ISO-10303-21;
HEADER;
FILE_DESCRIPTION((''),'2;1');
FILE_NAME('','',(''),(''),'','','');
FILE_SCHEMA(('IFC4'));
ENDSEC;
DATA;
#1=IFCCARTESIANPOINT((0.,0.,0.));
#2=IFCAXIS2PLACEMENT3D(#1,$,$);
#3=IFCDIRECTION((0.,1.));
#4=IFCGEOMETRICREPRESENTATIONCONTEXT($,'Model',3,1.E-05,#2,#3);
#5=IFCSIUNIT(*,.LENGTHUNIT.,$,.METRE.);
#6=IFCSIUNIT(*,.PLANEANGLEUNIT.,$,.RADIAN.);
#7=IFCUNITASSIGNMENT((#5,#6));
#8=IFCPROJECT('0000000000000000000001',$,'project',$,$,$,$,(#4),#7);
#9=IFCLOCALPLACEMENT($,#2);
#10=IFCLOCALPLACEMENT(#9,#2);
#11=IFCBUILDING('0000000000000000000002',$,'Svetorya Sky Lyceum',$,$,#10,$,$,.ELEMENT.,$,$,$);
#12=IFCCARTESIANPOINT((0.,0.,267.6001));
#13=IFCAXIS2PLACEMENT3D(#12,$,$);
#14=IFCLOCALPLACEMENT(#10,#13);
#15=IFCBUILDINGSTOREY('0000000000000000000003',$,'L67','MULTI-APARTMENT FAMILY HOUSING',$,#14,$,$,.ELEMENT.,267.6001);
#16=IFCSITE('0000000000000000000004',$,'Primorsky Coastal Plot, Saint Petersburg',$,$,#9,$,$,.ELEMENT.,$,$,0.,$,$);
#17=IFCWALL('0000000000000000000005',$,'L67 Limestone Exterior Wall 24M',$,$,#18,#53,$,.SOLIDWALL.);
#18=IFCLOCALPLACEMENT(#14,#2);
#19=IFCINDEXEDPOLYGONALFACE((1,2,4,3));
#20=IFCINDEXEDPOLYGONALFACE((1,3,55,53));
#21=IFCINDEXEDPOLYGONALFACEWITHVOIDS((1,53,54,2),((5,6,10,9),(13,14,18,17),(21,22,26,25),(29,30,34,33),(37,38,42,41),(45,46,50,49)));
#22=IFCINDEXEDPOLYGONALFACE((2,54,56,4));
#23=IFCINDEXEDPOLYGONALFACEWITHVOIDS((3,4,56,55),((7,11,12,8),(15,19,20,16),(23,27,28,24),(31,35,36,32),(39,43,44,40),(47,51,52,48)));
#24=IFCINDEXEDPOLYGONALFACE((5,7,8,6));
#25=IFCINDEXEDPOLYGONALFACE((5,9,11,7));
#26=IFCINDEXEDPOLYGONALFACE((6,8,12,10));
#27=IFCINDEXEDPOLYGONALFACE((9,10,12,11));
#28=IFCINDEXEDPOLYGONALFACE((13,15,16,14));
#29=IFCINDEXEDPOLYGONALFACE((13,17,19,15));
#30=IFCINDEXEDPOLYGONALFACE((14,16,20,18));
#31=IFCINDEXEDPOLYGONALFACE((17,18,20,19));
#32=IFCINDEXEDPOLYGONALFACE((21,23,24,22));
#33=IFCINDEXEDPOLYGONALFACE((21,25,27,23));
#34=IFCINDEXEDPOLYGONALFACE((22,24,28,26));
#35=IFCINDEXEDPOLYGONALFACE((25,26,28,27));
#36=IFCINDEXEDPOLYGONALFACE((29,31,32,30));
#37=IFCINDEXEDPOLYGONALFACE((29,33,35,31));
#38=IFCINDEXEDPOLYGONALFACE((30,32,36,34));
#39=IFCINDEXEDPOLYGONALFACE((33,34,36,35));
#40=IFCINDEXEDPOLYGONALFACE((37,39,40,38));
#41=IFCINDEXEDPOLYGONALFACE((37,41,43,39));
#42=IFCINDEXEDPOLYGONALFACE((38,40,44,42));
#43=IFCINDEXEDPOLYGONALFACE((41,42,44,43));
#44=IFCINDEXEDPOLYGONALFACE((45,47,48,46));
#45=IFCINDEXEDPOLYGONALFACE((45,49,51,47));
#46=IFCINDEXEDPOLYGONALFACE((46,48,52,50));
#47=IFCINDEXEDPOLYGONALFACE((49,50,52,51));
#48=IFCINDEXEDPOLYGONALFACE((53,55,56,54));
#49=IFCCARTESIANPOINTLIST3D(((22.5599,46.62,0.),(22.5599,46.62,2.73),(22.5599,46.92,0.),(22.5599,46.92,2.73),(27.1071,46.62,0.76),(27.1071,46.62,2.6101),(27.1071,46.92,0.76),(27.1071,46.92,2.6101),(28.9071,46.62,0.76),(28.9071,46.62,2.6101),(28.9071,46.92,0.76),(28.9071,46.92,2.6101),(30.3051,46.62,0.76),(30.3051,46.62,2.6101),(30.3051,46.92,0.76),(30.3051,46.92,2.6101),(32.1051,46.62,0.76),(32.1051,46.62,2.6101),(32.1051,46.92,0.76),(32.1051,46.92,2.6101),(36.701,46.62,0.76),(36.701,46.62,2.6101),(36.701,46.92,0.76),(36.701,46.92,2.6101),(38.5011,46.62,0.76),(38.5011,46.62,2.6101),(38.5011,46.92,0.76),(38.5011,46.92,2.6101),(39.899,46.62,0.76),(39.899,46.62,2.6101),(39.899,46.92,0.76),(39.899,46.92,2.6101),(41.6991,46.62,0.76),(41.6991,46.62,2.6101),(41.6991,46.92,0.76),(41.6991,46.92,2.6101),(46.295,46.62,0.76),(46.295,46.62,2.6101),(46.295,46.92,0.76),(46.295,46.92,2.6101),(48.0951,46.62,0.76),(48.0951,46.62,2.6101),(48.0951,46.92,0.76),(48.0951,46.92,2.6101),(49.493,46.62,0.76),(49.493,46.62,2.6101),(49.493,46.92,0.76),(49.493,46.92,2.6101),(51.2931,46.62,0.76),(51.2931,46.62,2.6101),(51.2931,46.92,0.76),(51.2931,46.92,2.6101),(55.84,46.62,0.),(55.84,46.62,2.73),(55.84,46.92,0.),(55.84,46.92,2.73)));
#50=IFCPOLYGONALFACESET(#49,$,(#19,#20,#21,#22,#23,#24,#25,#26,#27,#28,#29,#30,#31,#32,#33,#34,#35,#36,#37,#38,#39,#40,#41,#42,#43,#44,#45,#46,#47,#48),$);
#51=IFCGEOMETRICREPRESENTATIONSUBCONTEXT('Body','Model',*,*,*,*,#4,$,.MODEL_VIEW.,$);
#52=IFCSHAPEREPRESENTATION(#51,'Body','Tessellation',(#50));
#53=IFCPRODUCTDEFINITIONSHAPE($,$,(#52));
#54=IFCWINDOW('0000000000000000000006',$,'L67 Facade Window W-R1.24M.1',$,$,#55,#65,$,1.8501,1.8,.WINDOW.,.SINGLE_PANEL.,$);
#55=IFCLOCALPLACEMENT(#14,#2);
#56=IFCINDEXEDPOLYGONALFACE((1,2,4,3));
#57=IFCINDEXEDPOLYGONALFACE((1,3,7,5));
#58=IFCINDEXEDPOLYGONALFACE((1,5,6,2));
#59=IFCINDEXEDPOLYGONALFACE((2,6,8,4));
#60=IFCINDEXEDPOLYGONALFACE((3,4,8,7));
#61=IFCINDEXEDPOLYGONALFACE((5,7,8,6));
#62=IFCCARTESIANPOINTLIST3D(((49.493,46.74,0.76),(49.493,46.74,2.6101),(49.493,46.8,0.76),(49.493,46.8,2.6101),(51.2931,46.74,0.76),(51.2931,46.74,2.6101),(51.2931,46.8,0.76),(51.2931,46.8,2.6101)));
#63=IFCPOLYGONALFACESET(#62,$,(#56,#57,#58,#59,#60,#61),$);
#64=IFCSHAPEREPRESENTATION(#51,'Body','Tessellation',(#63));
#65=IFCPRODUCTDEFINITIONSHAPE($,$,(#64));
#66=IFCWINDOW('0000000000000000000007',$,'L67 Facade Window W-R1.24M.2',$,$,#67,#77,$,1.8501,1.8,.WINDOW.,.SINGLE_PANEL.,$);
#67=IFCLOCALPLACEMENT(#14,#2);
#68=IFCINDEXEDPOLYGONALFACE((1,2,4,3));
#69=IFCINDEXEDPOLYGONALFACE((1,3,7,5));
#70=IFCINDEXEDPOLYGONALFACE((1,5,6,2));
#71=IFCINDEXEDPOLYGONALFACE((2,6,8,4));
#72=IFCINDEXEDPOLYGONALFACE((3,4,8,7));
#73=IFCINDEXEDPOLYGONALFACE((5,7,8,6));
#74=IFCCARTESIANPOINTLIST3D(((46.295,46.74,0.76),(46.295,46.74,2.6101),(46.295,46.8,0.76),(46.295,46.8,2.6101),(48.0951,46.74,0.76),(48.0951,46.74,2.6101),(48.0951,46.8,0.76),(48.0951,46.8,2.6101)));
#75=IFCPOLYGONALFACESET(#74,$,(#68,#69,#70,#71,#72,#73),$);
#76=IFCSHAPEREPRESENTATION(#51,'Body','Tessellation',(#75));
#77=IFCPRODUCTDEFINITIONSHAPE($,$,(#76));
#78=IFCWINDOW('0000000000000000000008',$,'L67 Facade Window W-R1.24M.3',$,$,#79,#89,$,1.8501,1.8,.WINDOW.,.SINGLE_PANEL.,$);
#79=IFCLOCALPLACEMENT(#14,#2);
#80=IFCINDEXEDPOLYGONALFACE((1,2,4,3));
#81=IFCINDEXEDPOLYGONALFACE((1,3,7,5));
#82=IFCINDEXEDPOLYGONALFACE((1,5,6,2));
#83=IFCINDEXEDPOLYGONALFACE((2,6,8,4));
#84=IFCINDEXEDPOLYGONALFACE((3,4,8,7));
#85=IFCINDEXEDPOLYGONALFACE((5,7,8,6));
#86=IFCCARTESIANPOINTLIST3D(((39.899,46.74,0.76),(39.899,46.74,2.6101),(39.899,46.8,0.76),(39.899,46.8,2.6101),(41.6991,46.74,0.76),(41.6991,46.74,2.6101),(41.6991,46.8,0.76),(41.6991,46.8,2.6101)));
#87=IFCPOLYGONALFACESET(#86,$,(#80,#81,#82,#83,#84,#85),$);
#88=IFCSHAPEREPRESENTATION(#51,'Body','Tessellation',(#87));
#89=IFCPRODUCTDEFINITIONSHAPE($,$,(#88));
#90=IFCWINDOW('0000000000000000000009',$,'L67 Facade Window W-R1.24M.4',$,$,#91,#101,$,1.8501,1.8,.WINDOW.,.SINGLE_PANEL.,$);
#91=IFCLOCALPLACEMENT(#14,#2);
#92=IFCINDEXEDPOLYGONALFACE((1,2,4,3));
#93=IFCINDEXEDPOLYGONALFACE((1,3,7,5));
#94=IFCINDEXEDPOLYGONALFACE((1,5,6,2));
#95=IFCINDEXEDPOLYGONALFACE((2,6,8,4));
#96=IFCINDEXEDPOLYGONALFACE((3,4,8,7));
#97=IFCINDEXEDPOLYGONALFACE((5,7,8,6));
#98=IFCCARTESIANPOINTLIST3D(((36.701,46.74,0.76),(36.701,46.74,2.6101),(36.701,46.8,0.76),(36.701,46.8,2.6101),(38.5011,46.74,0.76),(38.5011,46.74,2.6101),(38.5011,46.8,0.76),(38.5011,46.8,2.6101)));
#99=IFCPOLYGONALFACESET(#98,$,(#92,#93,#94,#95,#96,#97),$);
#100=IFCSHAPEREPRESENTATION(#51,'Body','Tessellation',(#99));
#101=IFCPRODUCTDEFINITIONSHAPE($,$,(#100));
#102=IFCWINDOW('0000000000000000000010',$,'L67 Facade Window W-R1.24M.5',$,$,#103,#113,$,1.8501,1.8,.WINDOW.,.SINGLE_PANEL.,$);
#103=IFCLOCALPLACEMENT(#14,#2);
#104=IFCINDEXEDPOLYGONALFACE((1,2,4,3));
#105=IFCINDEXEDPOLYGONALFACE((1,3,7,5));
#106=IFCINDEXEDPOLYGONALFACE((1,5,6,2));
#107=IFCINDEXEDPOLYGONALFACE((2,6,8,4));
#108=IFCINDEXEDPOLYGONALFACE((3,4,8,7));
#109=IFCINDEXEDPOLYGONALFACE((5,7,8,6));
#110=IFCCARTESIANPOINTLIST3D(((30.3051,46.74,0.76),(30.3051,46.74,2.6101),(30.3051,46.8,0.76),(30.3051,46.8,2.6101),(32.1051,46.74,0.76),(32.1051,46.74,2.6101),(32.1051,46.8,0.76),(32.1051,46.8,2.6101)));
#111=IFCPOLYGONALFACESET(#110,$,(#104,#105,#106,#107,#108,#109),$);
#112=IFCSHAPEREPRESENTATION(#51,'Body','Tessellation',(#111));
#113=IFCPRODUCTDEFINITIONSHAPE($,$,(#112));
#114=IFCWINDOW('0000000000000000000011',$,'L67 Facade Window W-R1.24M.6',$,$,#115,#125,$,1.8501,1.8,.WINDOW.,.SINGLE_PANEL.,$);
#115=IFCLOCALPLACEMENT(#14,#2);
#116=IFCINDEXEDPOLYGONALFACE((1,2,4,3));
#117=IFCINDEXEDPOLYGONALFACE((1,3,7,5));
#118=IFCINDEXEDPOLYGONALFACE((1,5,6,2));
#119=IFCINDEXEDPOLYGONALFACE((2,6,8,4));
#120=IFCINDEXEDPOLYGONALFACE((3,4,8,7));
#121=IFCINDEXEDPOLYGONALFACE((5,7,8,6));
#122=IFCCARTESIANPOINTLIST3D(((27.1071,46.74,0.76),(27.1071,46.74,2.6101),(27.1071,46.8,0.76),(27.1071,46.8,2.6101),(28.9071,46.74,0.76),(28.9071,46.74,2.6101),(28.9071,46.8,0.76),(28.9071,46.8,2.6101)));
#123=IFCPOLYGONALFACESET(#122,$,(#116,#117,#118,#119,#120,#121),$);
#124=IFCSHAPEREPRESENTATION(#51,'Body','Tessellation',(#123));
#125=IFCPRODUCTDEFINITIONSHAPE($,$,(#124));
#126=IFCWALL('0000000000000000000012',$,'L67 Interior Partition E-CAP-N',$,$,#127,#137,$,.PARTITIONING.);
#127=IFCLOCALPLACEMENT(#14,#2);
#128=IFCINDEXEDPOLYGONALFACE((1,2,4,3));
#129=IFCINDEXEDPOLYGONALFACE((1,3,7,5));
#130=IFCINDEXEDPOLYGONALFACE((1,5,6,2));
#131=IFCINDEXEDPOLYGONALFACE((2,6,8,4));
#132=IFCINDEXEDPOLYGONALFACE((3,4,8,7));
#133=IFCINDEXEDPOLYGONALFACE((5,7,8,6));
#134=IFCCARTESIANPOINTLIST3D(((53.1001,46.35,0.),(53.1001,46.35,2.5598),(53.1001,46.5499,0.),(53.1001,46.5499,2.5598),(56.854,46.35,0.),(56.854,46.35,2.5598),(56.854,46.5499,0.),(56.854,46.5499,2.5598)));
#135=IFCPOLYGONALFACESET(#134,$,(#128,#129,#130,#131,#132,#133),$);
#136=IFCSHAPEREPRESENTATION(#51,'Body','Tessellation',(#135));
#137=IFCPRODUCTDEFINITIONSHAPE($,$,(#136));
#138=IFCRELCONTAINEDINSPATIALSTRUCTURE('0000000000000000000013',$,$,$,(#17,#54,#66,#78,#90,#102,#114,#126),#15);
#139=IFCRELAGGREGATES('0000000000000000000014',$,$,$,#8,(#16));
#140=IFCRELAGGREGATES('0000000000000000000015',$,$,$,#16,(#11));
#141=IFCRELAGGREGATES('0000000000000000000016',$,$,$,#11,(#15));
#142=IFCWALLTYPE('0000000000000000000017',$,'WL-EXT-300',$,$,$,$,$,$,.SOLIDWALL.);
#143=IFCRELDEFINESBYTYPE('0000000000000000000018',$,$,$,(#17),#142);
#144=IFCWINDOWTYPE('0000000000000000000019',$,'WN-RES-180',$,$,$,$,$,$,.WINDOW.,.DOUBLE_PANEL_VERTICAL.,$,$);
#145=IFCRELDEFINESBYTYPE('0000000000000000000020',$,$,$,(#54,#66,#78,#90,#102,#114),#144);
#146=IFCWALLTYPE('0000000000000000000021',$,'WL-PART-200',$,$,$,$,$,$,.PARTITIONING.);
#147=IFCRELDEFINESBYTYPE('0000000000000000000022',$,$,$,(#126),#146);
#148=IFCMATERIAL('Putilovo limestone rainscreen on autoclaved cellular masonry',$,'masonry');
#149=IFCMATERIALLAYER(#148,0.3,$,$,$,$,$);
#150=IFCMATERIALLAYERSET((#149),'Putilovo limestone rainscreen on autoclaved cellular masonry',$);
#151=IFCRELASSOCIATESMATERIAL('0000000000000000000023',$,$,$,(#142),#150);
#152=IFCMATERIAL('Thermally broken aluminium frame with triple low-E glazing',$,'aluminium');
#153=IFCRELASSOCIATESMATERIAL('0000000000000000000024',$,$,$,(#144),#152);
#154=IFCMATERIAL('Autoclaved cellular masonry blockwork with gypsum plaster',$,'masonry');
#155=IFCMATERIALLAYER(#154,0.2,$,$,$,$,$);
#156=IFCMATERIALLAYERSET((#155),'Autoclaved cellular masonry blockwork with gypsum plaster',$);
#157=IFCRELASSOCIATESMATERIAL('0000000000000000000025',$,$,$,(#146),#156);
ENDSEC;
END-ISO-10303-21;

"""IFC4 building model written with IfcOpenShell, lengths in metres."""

from ifc_helpers import new_model, si_unit, direction, frame, frame_2d, origin, place, context, subcontext, project, spatial, rectangle, extrude, material, layer, layer_set, type_object, element, fill, save


model = new_model("IFC4")

# Units and contexts
model_context = context("Model", 3, precision=1e-05, world=origin(), true_north=direction((0.0, 1.0)))
body_context = subcontext(model_context, "Body", "Model", "MODEL_VIEW")
ifc_project = project(units=[si_unit("LENGTHUNIT", "METRE"), si_unit("PLANEANGLEUNIT", "RADIAN")], contexts=[model_context])

# Site, building, storey
site_placement = place(None, origin())
site = spatial("IfcSite", under=ifc_project, at=site_placement, Name="Primorsky Coastal Plot, Saint Petersburg", CompositionType="ELEMENT", RefElevation=0.0)
building_placement = place(site_placement, origin())
building = spatial("IfcBuilding", under=site, at=building_placement, Name="Svetorya Sky Lyceum", CompositionType="ELEMENT")
storey_placement = place(building_placement, frame((0.0, 0.0, 267.6001)))
storey = spatial("IfcBuildingStorey", under=building, at=storey_placement, Name="L67", Description="MULTI-APARTMENT FAMILY HOUSING", CompositionType="ELEMENT", Elevation=267.6001)

# Shared definitions
ifc_material_1 = material(Name="Putilovo limestone rainscreen on autoclaved cellular masonry", Category="masonry")
ifc_layer_1 = layer(ifc_material_1, 0.3)
ifc_layer_set_1 = layer_set([ifc_layer_1], Name="Putilovo limestone rainscreen on autoclaved cellular masonry")
wall_type_1 = type_object("IfcWallType", Name="WL-EXT-300", PredefinedType="SOLIDWALL", material=ifc_layer_set_1)

# Wall, openings, windows
wall_1_placement = place(storey_placement, frame((55.8401, 46.77, 0.0), z_axis=(0.0, 0.0, 1.0), x_axis=(-1.0, 0.0, 0.0)))
wall_1 = element("IfcWall", 1, at=wall_1_placement, inside=storey, type_object=wall_type_1, Name="L67 Limestone Exterior Wall 24M", PredefinedType="SOLIDWALL", context=body_context, shape_type="SweptSolid", body=[
    extrude(rectangle(XDim=33.28, YDim=0.3, at=frame_2d((16.6401, 0.0))), origin(), (0.0, 0.0, 1.0), 2.73),
])
opening_1_placement = place(wall_1_placement, frame((4.5471, 0.0, 0.76)))
opening_1 = element("IfcOpeningElement", 2, at=opening_1_placement, cuts=wall_1, PredefinedType="OPENING", context=body_context, shape_type="SweptSolid", body=[
    extrude(rectangle(XDim=1.8, YDim=1.8501, at=frame_2d((0.8999, 0.925))), frame((0.0, 0.1599, 0.0), z_axis=(0.0, -1.0, 0.0), x_axis=(1.0, 0.0, 0.0)), (0.0, 0.0, 1.0), 0.3201),
])
opening_2_placement = place(wall_1_placement, frame((7.7451, 0.0, 0.76)))
opening_2 = element("IfcOpeningElement", 3, at=opening_2_placement, cuts=wall_1, PredefinedType="OPENING", context=body_context, shape_type="SweptSolid", body=[
    extrude(rectangle(XDim=1.8, YDim=1.8501, at=frame_2d((0.8999, 0.925))), frame((0.0, 0.1599, 0.0), z_axis=(0.0, -1.0, 0.0), x_axis=(1.0, 0.0, 0.0)), (0.0, 0.0, 1.0), 0.3201),
])
opening_3_placement = place(wall_1_placement, frame((14.1411, 0.0, 0.76)))
opening_3 = element("IfcOpeningElement", 4, at=opening_3_placement, cuts=wall_1, PredefinedType="OPENING", context=body_context, shape_type="SweptSolid", body=[
    extrude(rectangle(XDim=1.8, YDim=1.8501, at=frame_2d((0.8999, 0.925))), frame((0.0, 0.1599, 0.0), z_axis=(0.0, -1.0, 0.0), x_axis=(1.0, 0.0, 0.0)), (0.0, 0.0, 1.0), 0.3201),
])
opening_4_placement = place(wall_1_placement, frame((17.3391, 0.0, 0.76)))
opening_4 = element("IfcOpeningElement", 5, at=opening_4_placement, cuts=wall_1, PredefinedType="OPENING", context=body_context, shape_type="SweptSolid", body=[
    extrude(rectangle(XDim=1.8, YDim=1.8501, at=frame_2d((0.8999, 0.925))), frame((0.0, 0.1599, 0.0), z_axis=(0.0, -1.0, 0.0), x_axis=(1.0, 0.0, 0.0)), (0.0, 0.0, 1.0), 0.3201),
])
opening_5_placement = place(wall_1_placement, frame((23.7351, 0.0, 0.76)))
opening_5 = element("IfcOpeningElement", 6, at=opening_5_placement, cuts=wall_1, PredefinedType="OPENING", context=body_context, shape_type="SweptSolid", body=[
    extrude(rectangle(XDim=1.8, YDim=1.8501, at=frame_2d((0.8999, 0.925))), frame((0.0, 0.1599, 0.0), z_axis=(0.0, -1.0, 0.0), x_axis=(1.0, 0.0, 0.0)), (0.0, 0.0, 1.0), 0.3201),
])
opening_6_placement = place(wall_1_placement, frame((26.9331, 0.0, 0.76)))
opening_6 = element("IfcOpeningElement", 7, at=opening_6_placement, cuts=wall_1, PredefinedType="OPENING", context=body_context, shape_type="SweptSolid", body=[
    extrude(rectangle(XDim=1.8, YDim=1.8501, at=frame_2d((0.8999, 0.925))), frame((0.0, 0.1599, 0.0), z_axis=(0.0, -1.0, 0.0), x_axis=(1.0, 0.0, 0.0)), (0.0, 0.0, 1.0), 0.3201),
])
ifc_material_2 = material(Name="Thermally broken aluminium frame with triple low-E glazing", Category="aluminium")
window_type = type_object("IfcWindowType", Name="WN-RES-180", PartitioningType="DOUBLE_PANEL_VERTICAL", PredefinedType="WINDOW", material=ifc_material_2)
window_1_placement = place(opening_1_placement, origin())
window_1 = element("IfcWindow", 8, at=window_1_placement, inside=storey, type_object=window_type, Name="L67 Facade Window W-R1.24M.1", OverallHeight=1.8501, OverallWidth=1.8, PartitioningType="SINGLE_PANEL", PredefinedType="WINDOW", context=body_context, shape_type="SweptSolid", body=[
    extrude(rectangle(XDim=1.8, YDim=1.8501, at=frame_2d((0.8999, 0.925))), frame((0.0, 0.03, 0.0), z_axis=(0.0, -1.0, 0.0), x_axis=(1.0, 0.0, 0.0)), (0.0, 0.0, 1.0), 0.0601),
])
fill(opening_1, window_1)
window_2_placement = place(opening_2_placement, origin())
window_2 = element("IfcWindow", 9, at=window_2_placement, inside=storey, type_object=window_type, Name="L67 Facade Window W-R1.24M.2", OverallHeight=1.8501, OverallWidth=1.8, PartitioningType="SINGLE_PANEL", PredefinedType="WINDOW", context=body_context, shape_type="SweptSolid", body=[
    extrude(rectangle(XDim=1.8, YDim=1.8501, at=frame_2d((0.8999, 0.925))), frame((0.0, 0.03, 0.0), z_axis=(0.0, -1.0, 0.0), x_axis=(1.0, 0.0, 0.0)), (0.0, 0.0, 1.0), 0.0601),
])
fill(opening_2, window_2)
window_3_placement = place(opening_3_placement, origin())
window_3 = element("IfcWindow", 10, at=window_3_placement, inside=storey, type_object=window_type, Name="L67 Facade Window W-R1.24M.3", OverallHeight=1.8501, OverallWidth=1.8, PartitioningType="SINGLE_PANEL", PredefinedType="WINDOW", context=body_context, shape_type="SweptSolid", body=[
    extrude(rectangle(XDim=1.8, YDim=1.8501, at=frame_2d((0.8999, 0.925))), frame((0.0, 0.03, 0.0), z_axis=(0.0, -1.0, 0.0), x_axis=(1.0, 0.0, 0.0)), (0.0, 0.0, 1.0), 0.0601),
])
fill(opening_3, window_3)
window_4_placement = place(opening_4_placement, origin())
window_4 = element("IfcWindow", 11, at=window_4_placement, inside=storey, type_object=window_type, Name="L67 Facade Window W-R1.24M.4", OverallHeight=1.8501, OverallWidth=1.8, PartitioningType="SINGLE_PANEL", PredefinedType="WINDOW", context=body_context, shape_type="SweptSolid", body=[
    extrude(rectangle(XDim=1.8, YDim=1.8501, at=frame_2d((0.8999, 0.925))), frame((0.0, 0.03, 0.0), z_axis=(0.0, -1.0, 0.0), x_axis=(1.0, 0.0, 0.0)), (0.0, 0.0, 1.0), 0.0601),
])
fill(opening_4, window_4)
window_5_placement = place(opening_5_placement, origin())
window_5 = element("IfcWindow", 12, at=window_5_placement, inside=storey, type_object=window_type, Name="L67 Facade Window W-R1.24M.5", OverallHeight=1.8501, OverallWidth=1.8, PartitioningType="SINGLE_PANEL", PredefinedType="WINDOW", context=body_context, shape_type="SweptSolid", body=[
    extrude(rectangle(XDim=1.8, YDim=1.8501, at=frame_2d((0.8999, 0.925))), frame((0.0, 0.03, 0.0), z_axis=(0.0, -1.0, 0.0), x_axis=(1.0, 0.0, 0.0)), (0.0, 0.0, 1.0), 0.0601),
])
fill(opening_5, window_5)
window_6_placement = place(opening_6_placement, origin())
window_6 = element("IfcWindow", 13, at=window_6_placement, inside=storey, type_object=window_type, Name="L67 Facade Window W-R1.24M.6", OverallHeight=1.8501, OverallWidth=1.8, PartitioningType="SINGLE_PANEL", PredefinedType="WINDOW", context=body_context, shape_type="SweptSolid", body=[
    extrude(rectangle(XDim=1.8, YDim=1.8501, at=frame_2d((0.8999, 0.925))), frame((0.0, 0.03, 0.0), z_axis=(0.0, -1.0, 0.0), x_axis=(1.0, 0.0, 0.0)), (0.0, 0.0, 1.0), 0.0601),
])
fill(opening_6, window_6)

# Wall
ifc_material_3 = material(Name="Autoclaved cellular masonry blockwork with gypsum plaster", Category="masonry")
ifc_layer_2 = layer(ifc_material_3, 0.2)
ifc_layer_set_2 = layer_set([ifc_layer_2], Name="Autoclaved cellular masonry blockwork with gypsum plaster")
wall_type_2 = type_object("IfcWallType", Name="WL-PART-200", PredefinedType="PARTITIONING", material=ifc_layer_set_2)
wall_2_placement = place(storey_placement, frame((53.1001, 46.45, 0.0), z_axis=(0.0, 0.0, 1.0), x_axis=(1.0, 0.0, 0.0)))
element("IfcWall", 14, at=wall_2_placement, inside=storey, type_object=wall_type_2, Name="L67 Interior Partition E-CAP-N", PredefinedType="PARTITIONING", context=body_context, shape_type="SweptSolid", body=[
    extrude(rectangle(XDim=3.7539, YDim=0.2, at=frame_2d((1.877, 0.0))), origin(), (0.0, 0.0, 1.0), 2.5598),
])

save(model, "model.ifc")
